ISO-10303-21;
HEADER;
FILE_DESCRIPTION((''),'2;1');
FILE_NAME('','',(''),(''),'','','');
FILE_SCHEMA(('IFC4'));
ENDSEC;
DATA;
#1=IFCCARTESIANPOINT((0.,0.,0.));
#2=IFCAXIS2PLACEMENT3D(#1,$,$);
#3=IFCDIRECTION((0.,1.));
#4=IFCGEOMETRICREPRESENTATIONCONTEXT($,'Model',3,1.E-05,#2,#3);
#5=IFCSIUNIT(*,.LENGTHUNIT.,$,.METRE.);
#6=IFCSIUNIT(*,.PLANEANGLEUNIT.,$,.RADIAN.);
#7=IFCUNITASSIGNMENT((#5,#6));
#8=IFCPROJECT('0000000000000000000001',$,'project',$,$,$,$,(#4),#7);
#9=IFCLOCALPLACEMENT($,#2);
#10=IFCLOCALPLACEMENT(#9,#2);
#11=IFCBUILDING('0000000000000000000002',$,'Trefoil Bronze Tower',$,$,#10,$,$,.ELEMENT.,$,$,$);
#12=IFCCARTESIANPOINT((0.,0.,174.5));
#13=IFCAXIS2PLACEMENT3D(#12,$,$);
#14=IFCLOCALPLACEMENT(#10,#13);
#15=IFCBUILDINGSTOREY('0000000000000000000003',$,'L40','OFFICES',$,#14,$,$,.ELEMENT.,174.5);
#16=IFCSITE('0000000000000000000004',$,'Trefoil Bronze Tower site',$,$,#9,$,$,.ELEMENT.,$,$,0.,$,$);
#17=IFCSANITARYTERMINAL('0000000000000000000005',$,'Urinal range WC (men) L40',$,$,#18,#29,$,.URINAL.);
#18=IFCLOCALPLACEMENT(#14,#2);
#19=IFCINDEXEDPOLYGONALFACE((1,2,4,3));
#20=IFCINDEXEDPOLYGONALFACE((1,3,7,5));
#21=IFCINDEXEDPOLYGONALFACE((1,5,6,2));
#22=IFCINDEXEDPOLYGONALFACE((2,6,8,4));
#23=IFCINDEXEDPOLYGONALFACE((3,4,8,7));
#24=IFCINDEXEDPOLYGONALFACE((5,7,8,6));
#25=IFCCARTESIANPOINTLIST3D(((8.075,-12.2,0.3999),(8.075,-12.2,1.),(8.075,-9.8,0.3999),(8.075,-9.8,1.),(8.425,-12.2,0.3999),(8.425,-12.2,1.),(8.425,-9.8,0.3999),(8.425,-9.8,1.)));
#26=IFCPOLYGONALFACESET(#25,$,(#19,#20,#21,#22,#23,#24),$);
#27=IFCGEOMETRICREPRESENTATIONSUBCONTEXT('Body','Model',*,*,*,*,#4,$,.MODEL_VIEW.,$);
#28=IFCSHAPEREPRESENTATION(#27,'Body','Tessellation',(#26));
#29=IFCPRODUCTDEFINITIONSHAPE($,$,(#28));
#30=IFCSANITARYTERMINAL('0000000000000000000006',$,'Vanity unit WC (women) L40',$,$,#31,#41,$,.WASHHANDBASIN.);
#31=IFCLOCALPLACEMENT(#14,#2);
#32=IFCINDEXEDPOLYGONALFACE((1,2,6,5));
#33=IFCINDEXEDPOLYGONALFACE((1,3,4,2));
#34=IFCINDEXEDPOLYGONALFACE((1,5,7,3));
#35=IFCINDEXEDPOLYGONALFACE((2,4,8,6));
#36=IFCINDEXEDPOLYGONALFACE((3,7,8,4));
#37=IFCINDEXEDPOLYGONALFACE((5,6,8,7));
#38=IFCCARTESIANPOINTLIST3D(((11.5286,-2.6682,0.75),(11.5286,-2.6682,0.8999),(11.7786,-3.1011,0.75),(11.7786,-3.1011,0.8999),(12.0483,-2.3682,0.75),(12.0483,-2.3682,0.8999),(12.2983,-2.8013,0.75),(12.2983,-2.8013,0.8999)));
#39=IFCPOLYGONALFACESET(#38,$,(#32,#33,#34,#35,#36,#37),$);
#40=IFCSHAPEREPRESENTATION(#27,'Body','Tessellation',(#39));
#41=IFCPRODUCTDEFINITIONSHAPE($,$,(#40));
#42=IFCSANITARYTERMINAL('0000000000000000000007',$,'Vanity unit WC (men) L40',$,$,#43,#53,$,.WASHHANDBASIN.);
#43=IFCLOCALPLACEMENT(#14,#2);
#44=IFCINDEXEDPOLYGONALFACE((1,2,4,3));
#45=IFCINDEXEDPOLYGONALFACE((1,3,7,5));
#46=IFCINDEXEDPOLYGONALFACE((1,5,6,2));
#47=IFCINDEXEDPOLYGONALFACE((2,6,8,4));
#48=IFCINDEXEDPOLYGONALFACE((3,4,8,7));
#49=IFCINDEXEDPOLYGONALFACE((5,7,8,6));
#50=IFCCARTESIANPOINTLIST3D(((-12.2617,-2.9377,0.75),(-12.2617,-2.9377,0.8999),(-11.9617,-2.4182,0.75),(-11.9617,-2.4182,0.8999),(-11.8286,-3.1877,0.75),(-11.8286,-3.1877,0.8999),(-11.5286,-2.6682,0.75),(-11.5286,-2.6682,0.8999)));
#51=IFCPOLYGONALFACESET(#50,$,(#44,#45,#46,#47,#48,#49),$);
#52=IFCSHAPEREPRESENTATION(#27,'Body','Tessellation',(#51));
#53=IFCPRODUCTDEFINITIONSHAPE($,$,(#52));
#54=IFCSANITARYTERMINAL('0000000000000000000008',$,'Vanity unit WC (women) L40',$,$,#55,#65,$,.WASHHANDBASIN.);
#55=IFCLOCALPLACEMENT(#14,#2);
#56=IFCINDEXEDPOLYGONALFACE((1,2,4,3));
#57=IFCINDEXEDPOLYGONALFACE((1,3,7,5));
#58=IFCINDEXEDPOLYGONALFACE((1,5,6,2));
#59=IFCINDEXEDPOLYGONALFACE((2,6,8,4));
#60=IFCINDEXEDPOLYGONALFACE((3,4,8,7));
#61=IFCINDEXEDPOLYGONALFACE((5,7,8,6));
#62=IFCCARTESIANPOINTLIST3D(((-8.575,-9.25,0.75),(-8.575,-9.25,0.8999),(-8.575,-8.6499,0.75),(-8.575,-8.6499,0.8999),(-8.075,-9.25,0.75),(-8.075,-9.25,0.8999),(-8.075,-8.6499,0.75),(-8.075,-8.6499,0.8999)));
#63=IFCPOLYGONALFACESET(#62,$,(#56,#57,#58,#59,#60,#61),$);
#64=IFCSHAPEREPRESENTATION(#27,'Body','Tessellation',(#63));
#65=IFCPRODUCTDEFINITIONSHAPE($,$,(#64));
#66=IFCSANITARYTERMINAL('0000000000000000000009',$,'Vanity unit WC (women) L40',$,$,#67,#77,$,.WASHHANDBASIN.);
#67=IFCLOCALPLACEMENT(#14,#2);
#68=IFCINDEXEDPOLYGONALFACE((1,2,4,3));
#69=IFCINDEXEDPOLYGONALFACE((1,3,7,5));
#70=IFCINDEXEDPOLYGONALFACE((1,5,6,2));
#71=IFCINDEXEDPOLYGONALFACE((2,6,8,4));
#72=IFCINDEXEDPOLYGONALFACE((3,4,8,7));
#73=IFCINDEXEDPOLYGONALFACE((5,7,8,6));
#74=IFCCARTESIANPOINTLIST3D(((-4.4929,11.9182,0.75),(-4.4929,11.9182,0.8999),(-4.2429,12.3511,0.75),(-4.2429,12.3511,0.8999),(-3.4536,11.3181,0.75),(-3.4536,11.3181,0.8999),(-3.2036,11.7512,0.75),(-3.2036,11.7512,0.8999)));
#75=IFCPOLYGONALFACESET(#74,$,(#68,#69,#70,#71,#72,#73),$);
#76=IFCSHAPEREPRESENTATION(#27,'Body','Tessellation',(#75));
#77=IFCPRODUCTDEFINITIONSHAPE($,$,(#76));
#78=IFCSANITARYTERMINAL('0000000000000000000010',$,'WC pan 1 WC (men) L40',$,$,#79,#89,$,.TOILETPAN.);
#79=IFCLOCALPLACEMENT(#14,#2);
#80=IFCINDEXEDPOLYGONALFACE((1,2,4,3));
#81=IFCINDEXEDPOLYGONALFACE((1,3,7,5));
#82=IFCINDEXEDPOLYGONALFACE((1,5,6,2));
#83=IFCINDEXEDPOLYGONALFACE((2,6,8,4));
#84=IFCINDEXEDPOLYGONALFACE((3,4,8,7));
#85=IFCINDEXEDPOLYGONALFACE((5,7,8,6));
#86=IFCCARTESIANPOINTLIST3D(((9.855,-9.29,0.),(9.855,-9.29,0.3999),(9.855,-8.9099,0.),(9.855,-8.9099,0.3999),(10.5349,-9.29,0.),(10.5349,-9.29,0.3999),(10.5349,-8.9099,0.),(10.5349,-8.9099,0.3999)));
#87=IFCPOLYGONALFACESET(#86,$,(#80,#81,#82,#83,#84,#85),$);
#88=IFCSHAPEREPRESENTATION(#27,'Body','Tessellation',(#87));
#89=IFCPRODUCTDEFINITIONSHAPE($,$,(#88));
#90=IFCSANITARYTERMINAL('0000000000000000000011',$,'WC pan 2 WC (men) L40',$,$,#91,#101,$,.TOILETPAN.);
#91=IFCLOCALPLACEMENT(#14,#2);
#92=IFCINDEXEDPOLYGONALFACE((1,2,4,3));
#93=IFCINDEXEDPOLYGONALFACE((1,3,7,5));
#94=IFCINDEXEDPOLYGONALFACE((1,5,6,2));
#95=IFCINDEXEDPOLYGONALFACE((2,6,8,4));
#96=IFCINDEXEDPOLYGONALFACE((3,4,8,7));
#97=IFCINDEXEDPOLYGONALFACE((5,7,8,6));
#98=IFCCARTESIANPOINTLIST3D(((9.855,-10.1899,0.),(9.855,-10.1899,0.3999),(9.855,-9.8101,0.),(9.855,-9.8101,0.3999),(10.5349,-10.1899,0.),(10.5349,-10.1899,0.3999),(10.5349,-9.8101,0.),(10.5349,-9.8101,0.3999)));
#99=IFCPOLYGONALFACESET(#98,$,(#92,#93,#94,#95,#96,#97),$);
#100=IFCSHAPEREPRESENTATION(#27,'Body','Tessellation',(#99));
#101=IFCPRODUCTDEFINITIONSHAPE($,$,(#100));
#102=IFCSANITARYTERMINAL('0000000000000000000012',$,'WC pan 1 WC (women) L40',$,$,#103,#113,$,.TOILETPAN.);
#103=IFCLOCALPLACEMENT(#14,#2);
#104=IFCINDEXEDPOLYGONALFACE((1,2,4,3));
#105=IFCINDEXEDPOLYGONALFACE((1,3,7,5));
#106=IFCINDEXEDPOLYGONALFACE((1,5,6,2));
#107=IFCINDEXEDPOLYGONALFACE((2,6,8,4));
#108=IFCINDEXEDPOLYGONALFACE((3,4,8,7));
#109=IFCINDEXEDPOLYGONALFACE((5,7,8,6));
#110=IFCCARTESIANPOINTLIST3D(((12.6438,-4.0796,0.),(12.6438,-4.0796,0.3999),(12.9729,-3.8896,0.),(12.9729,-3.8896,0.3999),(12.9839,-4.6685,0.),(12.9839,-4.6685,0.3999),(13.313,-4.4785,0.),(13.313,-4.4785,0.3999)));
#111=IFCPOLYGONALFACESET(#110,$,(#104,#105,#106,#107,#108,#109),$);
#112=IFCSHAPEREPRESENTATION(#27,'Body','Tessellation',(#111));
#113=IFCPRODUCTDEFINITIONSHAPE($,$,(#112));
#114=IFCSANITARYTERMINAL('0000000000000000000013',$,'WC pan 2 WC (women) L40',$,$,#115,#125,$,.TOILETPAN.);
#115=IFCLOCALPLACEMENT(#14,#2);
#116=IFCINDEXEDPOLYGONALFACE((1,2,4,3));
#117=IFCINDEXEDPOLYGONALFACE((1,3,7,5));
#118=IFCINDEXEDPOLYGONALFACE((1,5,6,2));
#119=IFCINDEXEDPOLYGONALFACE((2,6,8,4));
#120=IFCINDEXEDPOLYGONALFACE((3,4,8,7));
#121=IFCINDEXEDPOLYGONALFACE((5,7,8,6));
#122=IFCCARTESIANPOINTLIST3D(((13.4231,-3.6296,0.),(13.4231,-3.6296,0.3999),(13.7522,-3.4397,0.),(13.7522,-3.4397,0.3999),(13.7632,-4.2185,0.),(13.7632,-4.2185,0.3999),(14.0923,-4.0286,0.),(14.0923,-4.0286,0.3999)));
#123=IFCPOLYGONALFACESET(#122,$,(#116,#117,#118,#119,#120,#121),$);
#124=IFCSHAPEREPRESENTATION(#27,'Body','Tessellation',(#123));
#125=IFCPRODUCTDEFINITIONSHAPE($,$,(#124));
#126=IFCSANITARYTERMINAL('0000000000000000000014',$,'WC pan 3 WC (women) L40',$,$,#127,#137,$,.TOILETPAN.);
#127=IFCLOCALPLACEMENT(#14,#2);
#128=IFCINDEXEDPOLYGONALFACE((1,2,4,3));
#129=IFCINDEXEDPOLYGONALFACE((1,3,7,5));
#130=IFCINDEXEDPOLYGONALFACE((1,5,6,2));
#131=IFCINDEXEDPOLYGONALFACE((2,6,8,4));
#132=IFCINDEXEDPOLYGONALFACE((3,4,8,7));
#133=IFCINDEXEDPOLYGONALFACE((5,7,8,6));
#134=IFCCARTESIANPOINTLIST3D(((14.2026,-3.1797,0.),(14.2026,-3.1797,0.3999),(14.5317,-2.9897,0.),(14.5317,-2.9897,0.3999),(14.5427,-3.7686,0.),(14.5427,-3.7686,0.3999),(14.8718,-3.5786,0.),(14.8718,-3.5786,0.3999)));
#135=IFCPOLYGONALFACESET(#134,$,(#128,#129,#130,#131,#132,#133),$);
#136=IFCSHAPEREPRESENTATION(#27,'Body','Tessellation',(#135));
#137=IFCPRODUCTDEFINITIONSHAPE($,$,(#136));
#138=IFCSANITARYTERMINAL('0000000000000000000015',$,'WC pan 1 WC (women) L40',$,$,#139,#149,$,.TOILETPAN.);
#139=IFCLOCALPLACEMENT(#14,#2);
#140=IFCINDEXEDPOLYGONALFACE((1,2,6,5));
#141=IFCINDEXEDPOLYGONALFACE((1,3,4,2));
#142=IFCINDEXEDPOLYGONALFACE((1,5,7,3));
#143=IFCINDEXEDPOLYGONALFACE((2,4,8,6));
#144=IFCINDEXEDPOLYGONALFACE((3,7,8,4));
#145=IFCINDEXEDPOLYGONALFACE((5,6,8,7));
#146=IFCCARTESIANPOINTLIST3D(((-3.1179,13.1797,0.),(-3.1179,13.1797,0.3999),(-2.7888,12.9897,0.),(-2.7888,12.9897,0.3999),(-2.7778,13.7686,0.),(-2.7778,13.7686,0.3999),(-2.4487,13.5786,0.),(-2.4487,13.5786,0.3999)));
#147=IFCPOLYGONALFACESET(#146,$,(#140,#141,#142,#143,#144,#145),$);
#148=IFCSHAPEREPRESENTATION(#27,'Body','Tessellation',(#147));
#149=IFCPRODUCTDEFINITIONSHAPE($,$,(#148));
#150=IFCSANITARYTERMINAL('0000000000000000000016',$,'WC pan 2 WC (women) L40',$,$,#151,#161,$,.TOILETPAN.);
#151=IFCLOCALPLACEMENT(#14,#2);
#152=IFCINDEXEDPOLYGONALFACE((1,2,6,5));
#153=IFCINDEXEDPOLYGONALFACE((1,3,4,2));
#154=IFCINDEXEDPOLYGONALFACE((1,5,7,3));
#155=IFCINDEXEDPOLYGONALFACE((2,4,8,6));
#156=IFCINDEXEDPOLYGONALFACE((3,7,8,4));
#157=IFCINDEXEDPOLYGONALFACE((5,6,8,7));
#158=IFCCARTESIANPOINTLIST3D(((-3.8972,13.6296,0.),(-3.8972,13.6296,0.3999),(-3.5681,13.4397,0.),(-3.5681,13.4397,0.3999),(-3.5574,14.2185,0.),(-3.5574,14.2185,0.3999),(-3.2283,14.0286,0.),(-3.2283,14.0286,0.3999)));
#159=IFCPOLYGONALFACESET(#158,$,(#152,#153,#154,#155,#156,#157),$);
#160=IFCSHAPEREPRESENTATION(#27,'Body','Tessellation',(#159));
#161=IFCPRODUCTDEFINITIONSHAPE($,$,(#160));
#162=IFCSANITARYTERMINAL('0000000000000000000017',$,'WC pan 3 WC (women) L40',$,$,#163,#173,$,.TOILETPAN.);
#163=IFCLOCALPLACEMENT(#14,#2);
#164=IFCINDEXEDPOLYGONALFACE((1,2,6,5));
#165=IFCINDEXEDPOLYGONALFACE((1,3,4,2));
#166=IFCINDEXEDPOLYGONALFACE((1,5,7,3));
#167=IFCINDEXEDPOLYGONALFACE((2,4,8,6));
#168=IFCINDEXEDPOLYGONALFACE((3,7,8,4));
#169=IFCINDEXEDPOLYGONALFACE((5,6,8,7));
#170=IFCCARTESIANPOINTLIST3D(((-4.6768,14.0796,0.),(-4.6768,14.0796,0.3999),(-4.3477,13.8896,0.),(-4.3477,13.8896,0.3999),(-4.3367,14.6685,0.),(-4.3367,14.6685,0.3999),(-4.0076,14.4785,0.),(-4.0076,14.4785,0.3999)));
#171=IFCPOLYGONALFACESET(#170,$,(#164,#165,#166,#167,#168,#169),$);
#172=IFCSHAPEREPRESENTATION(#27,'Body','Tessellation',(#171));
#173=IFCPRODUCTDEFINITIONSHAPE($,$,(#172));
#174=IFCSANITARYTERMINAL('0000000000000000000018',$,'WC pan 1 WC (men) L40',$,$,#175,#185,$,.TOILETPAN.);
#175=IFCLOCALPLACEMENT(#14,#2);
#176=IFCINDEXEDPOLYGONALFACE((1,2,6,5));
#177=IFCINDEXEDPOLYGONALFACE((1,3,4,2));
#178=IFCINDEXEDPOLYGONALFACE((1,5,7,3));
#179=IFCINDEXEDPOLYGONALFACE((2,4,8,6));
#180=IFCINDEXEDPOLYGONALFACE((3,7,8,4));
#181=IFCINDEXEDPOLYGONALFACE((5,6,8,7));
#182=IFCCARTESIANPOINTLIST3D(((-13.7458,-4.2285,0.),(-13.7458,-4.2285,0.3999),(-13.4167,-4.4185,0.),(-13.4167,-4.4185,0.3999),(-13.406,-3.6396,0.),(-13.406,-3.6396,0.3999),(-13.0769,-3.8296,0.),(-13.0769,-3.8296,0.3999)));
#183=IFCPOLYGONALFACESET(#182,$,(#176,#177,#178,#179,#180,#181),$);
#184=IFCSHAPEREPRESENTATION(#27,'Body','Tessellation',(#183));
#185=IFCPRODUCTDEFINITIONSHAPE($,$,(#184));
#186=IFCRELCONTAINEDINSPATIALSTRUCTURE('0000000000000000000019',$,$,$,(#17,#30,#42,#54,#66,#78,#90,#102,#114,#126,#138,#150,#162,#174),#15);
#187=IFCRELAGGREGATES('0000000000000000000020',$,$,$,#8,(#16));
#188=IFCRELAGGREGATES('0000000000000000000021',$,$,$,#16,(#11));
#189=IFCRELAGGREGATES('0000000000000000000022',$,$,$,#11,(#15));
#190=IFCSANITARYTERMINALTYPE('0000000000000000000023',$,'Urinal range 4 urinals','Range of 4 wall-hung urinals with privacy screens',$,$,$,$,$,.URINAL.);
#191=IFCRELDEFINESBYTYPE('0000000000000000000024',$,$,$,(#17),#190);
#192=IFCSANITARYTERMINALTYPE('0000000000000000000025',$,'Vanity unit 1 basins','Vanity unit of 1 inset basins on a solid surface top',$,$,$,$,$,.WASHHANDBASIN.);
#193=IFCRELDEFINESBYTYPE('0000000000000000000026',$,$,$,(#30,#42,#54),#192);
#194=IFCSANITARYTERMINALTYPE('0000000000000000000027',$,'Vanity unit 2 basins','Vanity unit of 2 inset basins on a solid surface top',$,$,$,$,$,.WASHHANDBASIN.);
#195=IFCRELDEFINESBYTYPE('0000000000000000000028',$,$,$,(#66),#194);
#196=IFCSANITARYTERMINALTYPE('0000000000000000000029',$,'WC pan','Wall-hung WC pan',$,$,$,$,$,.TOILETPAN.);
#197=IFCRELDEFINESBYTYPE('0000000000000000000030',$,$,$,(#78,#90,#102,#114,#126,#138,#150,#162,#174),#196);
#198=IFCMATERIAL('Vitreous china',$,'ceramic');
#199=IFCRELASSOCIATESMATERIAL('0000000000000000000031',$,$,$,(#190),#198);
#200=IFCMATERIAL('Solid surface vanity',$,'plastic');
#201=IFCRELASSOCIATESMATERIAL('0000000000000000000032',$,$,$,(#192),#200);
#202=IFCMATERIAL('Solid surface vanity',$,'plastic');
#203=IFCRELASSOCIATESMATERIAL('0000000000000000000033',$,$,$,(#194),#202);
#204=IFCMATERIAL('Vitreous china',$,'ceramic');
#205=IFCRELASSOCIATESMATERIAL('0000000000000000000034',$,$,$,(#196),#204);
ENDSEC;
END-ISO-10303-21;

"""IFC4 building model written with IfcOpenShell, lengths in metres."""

from ifc_helpers import new_model, si_unit, direction, frame, origin, place, context, subcontext, project, spatial, polyline, outline, extrude, material, type_object, element, save


model = new_model("IFC4")

# Units and contexts
model_context = context("Model", 3, precision=1e-05, world=origin(), true_north=direction((0.0, 1.0)))
body_context = subcontext(model_context, "Body", "Model", "MODEL_VIEW")
ifc_project = project(units=[si_unit("LENGTHUNIT", "METRE"), si_unit("PLANEANGLEUNIT", "RADIAN")], contexts=[model_context])

# Site, building, storey
site_placement = place(None, origin())
site = spatial("IfcSite", under=ifc_project, at=site_placement, Name="Trefoil Bronze Tower site", CompositionType="ELEMENT", RefElevation=0.0)
building_placement = place(site_placement, origin())
building = spatial("IfcBuilding", under=site, at=building_placement, Name="Trefoil Bronze Tower", CompositionType="ELEMENT")
storey_placement = place(building_placement, frame((0.0, 0.0, 174.5)))
storey = spatial("IfcBuildingStorey", under=building, at=storey_placement, Name="L40", Description="OFFICES", CompositionType="ELEMENT", Elevation=174.5)

# Sanitary terminals
ifc_material_1 = material(Name="Vitreous china", Category="ceramic")
sanitary_terminal_type_1 = type_object("IfcSanitaryTerminalType", Name="Urinal range 4 urinals", Description="Range of 4 wall-hung urinals with privacy screens", PredefinedType="URINAL", material=ifc_material_1)
sanitary_terminal_1_placement = place(storey_placement, frame((0.0, 0.0, 0.3999)))
element("IfcSanitaryTerminal", 1, at=sanitary_terminal_1_placement, inside=storey, type_object=sanitary_terminal_type_1, Name="Urinal range WC (men) L40", PredefinedType="URINAL", context=body_context, shape_type="SweptSolid", body=[
    extrude(outline(polyline([(8.075, -9.8), (8.425, -9.8), (8.425, -12.2), (8.075, -12.2), (8.075, -9.8)])), origin(), (0.0, 0.0, 1.0), 0.6001),
])
ifc_material_2 = material(Name="Solid surface vanity", Category="plastic")
sanitary_terminal_type_2 = type_object("IfcSanitaryTerminalType", Name="Vanity unit 1 basins", Description="Vanity unit of 1 inset basins on a solid surface top", PredefinedType="WASHHANDBASIN", material=ifc_material_2)
sanitary_terminal_2_placement = place(storey_placement, frame((0.0, 0.0, 0.75)))
element("IfcSanitaryTerminal", 2, at=sanitary_terminal_2_placement, inside=storey, type_object=sanitary_terminal_type_2, Name="Vanity unit WC (women) L40", PredefinedType="WASHHANDBASIN", context=body_context, shape_type="SweptSolid", body=[
    extrude(outline(polyline([(11.5286, -2.6682), (11.7786, -3.1011), (12.2983, -2.8013), (12.0483, -2.3682), (11.5286, -2.6682)])), origin(), (0.0, 0.0, 1.0), 0.1499),
])
sanitary_terminal_3_placement = place(storey_placement, frame((0.0, 0.0, 0.75)))
element("IfcSanitaryTerminal", 3, at=sanitary_terminal_3_placement, inside=storey, type_object=sanitary_terminal_type_2, Name="Vanity unit WC (men) L40", PredefinedType="WASHHANDBASIN", context=body_context, shape_type="SweptSolid", body=[
    extrude(outline(polyline([(-11.5286, -2.6682), (-11.8286, -3.1877), (-12.2617, -2.9377), (-11.9617, -2.4182), (-11.5286, -2.6682)])), origin(), (0.0, 0.0, 1.0), 0.1499),
])
sanitary_terminal_4_placement = place(storey_placement, frame((0.0, 0.0, 0.75)))
element("IfcSanitaryTerminal", 4, at=sanitary_terminal_4_placement, inside=storey, type_object=sanitary_terminal_type_2, Name="Vanity unit WC (women) L40", PredefinedType="WASHHANDBASIN", context=body_context, shape_type="SweptSolid", body=[
    extrude(outline(polyline([(-8.075, -8.6499), (-8.575, -8.6499), (-8.575, -9.25), (-8.075, -9.25), (-8.075, -8.6499)])), origin(), (0.0, 0.0, 1.0), 0.1499),
])
ifc_material_3 = material(Name="Solid surface vanity", Category="plastic")
sanitary_terminal_type_3 = type_object("IfcSanitaryTerminalType", Name="Vanity unit 2 basins", Description="Vanity unit of 2 inset basins on a solid surface top", PredefinedType="WASHHANDBASIN", material=ifc_material_3)
sanitary_terminal_5_placement = place(storey_placement, frame((0.0, 0.0, 0.75)))
element("IfcSanitaryTerminal", 5, at=sanitary_terminal_5_placement, inside=storey, type_object=sanitary_terminal_type_3, Name="Vanity unit WC (women) L40", PredefinedType="WASHHANDBASIN", context=body_context, shape_type="SweptSolid", body=[
    extrude(outline(polyline([(-3.4536, 11.3181), (-3.2036, 11.7512), (-4.2429, 12.3511), (-4.4929, 11.9182), (-3.4536, 11.3181)])), origin(), (0.0, 0.0, 1.0), 0.1499),
])
ifc_material_4 = material(Name="Vitreous china", Category="ceramic")
sanitary_terminal_type_4 = type_object("IfcSanitaryTerminalType", Name="WC pan", Description="Wall-hung WC pan", PredefinedType="TOILETPAN", material=ifc_material_4)
sanitary_terminal_6_placement = place(storey_placement, origin())
element("IfcSanitaryTerminal", 6, at=sanitary_terminal_6_placement, inside=storey, type_object=sanitary_terminal_type_4, Name="WC pan 1 WC (men) L40", PredefinedType="TOILETPAN", context=body_context, shape_type="SweptSolid", body=[
    extrude(outline(polyline([(9.855, -8.9099), (10.5349, -8.9099), (10.5349, -9.29), (9.855, -9.29), (9.855, -8.9099)])), origin(), (0.0, 0.0, 1.0), 0.3999),
])
sanitary_terminal_7_placement = place(storey_placement, origin())
element("IfcSanitaryTerminal", 7, at=sanitary_terminal_7_placement, inside=storey, type_object=sanitary_terminal_type_4, Name="WC pan 2 WC (men) L40", PredefinedType="TOILETPAN", context=body_context, shape_type="SweptSolid", body=[
    extrude(outline(polyline([(9.855, -9.8101), (10.5349, -9.8101), (10.5349, -10.1899), (9.855, -10.1899), (9.855, -9.8101)])), origin(), (0.0, 0.0, 1.0), 0.3999),
])
sanitary_terminal_8_placement = place(storey_placement, origin())
element("IfcSanitaryTerminal", 8, at=sanitary_terminal_8_placement, inside=storey, type_object=sanitary_terminal_type_4, Name="WC pan 1 WC (women) L40", PredefinedType="TOILETPAN", context=body_context, shape_type="SweptSolid", body=[
    extrude(outline(polyline([(12.6438, -4.0796), (12.9839, -4.6685), (13.313, -4.4785), (12.9729, -3.8896), (12.6438, -4.0796)])), origin(), (0.0, 0.0, 1.0), 0.3999),
])
sanitary_terminal_9_placement = place(storey_placement, origin())
element("IfcSanitaryTerminal", 9, at=sanitary_terminal_9_placement, inside=storey, type_object=sanitary_terminal_type_4, Name="WC pan 2 WC (women) L40", PredefinedType="TOILETPAN", context=body_context, shape_type="SweptSolid", body=[
    extrude(outline(polyline([(13.4231, -3.6296), (13.7632, -4.2185), (14.0923, -4.0286), (13.7522, -3.4397), (13.4231, -3.6296)])), origin(), (0.0, 0.0, 1.0), 0.3999),
])
sanitary_terminal_10_placement = place(storey_placement, origin())
element("IfcSanitaryTerminal", 10, at=sanitary_terminal_10_placement, inside=storey, type_object=sanitary_terminal_type_4, Name="WC pan 3 WC (women) L40", PredefinedType="TOILETPAN", context=body_context, shape_type="SweptSolid", body=[
    extrude(outline(polyline([(14.2026, -3.1797), (14.5427, -3.7686), (14.8718, -3.5786), (14.5317, -2.9897), (14.2026, -3.1797)])), origin(), (0.0, 0.0, 1.0), 0.3999),
])
sanitary_terminal_11_placement = place(storey_placement, origin())
element("IfcSanitaryTerminal", 11, at=sanitary_terminal_11_placement, inside=storey, type_object=sanitary_terminal_type_4, Name="WC pan 1 WC (women) L40", PredefinedType="TOILETPAN", context=body_context, shape_type="SweptSolid", body=[
    extrude(outline(polyline([(-2.7888, 12.9897), (-2.4487, 13.5786), (-2.7778, 13.7686), (-3.1179, 13.1797), (-2.7888, 12.9897)])), origin(), (0.0, 0.0, 1.0), 0.3999),
])
sanitary_terminal_12_placement = place(storey_placement, origin())
element("IfcSanitaryTerminal", 12, at=sanitary_terminal_12_placement, inside=storey, type_object=sanitary_terminal_type_4, Name="WC pan 2 WC (women) L40", PredefinedType="TOILETPAN", context=body_context, shape_type="SweptSolid", body=[
    extrude(outline(polyline([(-3.5681, 13.4397), (-3.2283, 14.0286), (-3.5574, 14.2185), (-3.8972, 13.6296), (-3.5681, 13.4397)])), origin(), (0.0, 0.0, 1.0), 0.3999),
])
sanitary_terminal_13_placement = place(storey_placement, origin())
element("IfcSanitaryTerminal", 13, at=sanitary_terminal_13_placement, inside=storey, type_object=sanitary_terminal_type_4, Name="WC pan 3 WC (women) L40", PredefinedType="TOILETPAN", context=body_context, shape_type="SweptSolid", body=[
    extrude(outline(polyline([(-4.3477, 13.8896), (-4.0076, 14.4785), (-4.3367, 14.6685), (-4.6768, 14.0796), (-4.3477, 13.8896)])), origin(), (0.0, 0.0, 1.0), 0.3999),
])
sanitary_terminal_14_placement = place(storey_placement, origin())
element("IfcSanitaryTerminal", 14, at=sanitary_terminal_14_placement, inside=storey, type_object=sanitary_terminal_type_4, Name="WC pan 1 WC (men) L40", PredefinedType="TOILETPAN", context=body_context, shape_type="SweptSolid", body=[
    extrude(outline(polyline([(-13.0769, -3.8296), (-13.4167, -4.4185), (-13.7458, -4.2285), (-13.406, -3.6396), (-13.0769, -3.8296)])), origin(), (0.0, 0.0, 1.0), 0.3999),
])

save(model, "model.ifc")
